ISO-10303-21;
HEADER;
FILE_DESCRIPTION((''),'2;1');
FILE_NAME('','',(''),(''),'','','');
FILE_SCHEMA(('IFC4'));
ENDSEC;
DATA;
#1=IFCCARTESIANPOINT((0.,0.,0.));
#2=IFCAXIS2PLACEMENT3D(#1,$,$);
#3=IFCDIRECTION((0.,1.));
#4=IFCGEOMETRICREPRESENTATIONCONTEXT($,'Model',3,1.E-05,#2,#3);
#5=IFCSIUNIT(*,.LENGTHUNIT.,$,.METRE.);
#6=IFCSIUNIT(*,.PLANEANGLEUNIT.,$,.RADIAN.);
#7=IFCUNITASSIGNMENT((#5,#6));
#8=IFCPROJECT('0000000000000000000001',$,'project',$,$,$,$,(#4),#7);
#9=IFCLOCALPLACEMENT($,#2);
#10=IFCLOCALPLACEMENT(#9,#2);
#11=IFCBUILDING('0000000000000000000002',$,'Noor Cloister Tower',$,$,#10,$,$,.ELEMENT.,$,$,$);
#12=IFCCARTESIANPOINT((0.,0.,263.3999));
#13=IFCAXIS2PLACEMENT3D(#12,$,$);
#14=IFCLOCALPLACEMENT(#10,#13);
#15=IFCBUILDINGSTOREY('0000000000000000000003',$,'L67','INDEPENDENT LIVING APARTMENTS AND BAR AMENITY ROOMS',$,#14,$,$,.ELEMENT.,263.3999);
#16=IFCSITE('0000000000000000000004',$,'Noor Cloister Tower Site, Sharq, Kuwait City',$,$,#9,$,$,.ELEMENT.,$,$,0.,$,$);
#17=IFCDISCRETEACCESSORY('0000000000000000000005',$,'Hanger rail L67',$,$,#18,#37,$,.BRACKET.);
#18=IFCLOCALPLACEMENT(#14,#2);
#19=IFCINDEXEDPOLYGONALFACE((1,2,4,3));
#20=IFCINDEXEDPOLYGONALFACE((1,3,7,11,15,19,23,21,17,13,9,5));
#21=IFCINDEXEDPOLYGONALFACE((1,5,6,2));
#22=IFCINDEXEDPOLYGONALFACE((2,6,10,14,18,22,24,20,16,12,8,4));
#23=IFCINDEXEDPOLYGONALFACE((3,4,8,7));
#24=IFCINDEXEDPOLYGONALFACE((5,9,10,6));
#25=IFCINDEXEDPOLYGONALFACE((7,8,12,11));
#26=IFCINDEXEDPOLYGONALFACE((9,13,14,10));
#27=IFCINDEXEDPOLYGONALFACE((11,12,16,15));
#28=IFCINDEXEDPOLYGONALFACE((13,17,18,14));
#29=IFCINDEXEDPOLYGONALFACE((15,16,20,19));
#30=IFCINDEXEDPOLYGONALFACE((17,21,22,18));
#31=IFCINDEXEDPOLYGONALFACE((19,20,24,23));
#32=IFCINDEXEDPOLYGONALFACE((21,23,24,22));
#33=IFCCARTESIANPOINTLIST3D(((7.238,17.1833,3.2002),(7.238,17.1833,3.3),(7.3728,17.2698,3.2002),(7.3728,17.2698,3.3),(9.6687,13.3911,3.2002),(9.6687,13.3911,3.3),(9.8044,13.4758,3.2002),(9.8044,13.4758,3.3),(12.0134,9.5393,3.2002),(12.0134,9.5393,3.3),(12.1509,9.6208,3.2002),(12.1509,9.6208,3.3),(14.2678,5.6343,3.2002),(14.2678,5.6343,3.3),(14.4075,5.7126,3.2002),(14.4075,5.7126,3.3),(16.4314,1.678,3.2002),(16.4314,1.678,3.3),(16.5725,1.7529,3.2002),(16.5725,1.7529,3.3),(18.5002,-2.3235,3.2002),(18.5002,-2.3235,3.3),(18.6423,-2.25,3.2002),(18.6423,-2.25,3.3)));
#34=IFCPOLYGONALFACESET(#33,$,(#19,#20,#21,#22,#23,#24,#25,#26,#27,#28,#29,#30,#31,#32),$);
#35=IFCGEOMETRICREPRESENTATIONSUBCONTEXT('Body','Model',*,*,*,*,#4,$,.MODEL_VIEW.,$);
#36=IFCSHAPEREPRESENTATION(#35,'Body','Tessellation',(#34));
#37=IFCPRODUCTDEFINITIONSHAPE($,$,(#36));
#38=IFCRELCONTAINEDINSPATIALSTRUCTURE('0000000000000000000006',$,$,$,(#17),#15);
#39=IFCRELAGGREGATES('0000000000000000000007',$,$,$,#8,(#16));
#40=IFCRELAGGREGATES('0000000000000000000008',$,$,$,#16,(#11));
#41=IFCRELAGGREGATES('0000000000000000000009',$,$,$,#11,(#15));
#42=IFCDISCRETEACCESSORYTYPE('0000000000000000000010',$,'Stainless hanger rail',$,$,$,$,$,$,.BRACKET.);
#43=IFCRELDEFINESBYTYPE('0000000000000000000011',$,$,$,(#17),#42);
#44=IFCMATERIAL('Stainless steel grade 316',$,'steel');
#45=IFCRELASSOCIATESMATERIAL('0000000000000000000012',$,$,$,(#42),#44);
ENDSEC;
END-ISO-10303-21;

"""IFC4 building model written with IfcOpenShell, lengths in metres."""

from ifc_helpers import new_model, si_unit, direction, frame, origin, place, context, subcontext, project, spatial, polyline, outline, extrude, material, type_object, element, save


model = new_model("IFC4")

# Units and contexts
model_context = context("Model", 3, precision=1e-05, world=origin(), true_north=direction((0.0, 1.0)))
body_context = subcontext(model_context, "Body", "Model", "MODEL_VIEW")
ifc_project = project(units=[si_unit("LENGTHUNIT", "METRE"), si_unit("PLANEANGLEUNIT", "RADIAN")], contexts=[model_context])

# Site, building, storey
site_placement = place(None, origin())
site = spatial("IfcSite", under=ifc_project, at=site_placement, Name="Noor Cloister Tower Site, Sharq, Kuwait City", CompositionType="ELEMENT", RefElevation=0.0)
building_placement = place(site_placement, origin())
building = spatial("IfcBuilding", under=site, at=building_placement, Name="Noor Cloister Tower", CompositionType="ELEMENT")
storey_placement = place(building_placement, frame((0.0, 0.0, 263.3999)))
storey = spatial("IfcBuildingStorey", under=building, at=storey_placement, Name="L67", Description="INDEPENDENT LIVING APARTMENTS AND BAR AMENITY ROOMS", CompositionType="ELEMENT", Elevation=263.3999)

# Discrete accessory
ifc_material_1 = material(Name="Stainless steel grade 316", Category="steel")
discrete_accessory_type = type_object("IfcDiscreteAccessoryType", Name="Stainless hanger rail", PredefinedType="BRACKET", material=ifc_material_1)
discrete_accessory_1_placement = place(storey_placement, frame((0.0, 0.0, 3.2002)))
element("IfcDiscreteAccessory", 1, at=discrete_accessory_1_placement, inside=storey, type_object=discrete_accessory_type, Name="Hanger rail L67", PredefinedType="BRACKET", context=body_context, shape_type="SweptSolid", body=[
    extrude(outline(polyline([(18.6423, -2.25), (16.5725, 1.7529), (14.4075, 5.7126), (12.1509, 9.6208), (9.8044, 13.4758), (7.3728, 17.2698), (7.238, 17.1833), (9.6687, 13.3911), (12.0134, 9.5393), (14.2678, 5.6343), (16.4314, 1.678), (18.5002, -2.3235), (18.6423, -2.25)])), origin(), (0.0, 0.0, 1.0), 0.0999),
])

save(model, "model.ifc")
